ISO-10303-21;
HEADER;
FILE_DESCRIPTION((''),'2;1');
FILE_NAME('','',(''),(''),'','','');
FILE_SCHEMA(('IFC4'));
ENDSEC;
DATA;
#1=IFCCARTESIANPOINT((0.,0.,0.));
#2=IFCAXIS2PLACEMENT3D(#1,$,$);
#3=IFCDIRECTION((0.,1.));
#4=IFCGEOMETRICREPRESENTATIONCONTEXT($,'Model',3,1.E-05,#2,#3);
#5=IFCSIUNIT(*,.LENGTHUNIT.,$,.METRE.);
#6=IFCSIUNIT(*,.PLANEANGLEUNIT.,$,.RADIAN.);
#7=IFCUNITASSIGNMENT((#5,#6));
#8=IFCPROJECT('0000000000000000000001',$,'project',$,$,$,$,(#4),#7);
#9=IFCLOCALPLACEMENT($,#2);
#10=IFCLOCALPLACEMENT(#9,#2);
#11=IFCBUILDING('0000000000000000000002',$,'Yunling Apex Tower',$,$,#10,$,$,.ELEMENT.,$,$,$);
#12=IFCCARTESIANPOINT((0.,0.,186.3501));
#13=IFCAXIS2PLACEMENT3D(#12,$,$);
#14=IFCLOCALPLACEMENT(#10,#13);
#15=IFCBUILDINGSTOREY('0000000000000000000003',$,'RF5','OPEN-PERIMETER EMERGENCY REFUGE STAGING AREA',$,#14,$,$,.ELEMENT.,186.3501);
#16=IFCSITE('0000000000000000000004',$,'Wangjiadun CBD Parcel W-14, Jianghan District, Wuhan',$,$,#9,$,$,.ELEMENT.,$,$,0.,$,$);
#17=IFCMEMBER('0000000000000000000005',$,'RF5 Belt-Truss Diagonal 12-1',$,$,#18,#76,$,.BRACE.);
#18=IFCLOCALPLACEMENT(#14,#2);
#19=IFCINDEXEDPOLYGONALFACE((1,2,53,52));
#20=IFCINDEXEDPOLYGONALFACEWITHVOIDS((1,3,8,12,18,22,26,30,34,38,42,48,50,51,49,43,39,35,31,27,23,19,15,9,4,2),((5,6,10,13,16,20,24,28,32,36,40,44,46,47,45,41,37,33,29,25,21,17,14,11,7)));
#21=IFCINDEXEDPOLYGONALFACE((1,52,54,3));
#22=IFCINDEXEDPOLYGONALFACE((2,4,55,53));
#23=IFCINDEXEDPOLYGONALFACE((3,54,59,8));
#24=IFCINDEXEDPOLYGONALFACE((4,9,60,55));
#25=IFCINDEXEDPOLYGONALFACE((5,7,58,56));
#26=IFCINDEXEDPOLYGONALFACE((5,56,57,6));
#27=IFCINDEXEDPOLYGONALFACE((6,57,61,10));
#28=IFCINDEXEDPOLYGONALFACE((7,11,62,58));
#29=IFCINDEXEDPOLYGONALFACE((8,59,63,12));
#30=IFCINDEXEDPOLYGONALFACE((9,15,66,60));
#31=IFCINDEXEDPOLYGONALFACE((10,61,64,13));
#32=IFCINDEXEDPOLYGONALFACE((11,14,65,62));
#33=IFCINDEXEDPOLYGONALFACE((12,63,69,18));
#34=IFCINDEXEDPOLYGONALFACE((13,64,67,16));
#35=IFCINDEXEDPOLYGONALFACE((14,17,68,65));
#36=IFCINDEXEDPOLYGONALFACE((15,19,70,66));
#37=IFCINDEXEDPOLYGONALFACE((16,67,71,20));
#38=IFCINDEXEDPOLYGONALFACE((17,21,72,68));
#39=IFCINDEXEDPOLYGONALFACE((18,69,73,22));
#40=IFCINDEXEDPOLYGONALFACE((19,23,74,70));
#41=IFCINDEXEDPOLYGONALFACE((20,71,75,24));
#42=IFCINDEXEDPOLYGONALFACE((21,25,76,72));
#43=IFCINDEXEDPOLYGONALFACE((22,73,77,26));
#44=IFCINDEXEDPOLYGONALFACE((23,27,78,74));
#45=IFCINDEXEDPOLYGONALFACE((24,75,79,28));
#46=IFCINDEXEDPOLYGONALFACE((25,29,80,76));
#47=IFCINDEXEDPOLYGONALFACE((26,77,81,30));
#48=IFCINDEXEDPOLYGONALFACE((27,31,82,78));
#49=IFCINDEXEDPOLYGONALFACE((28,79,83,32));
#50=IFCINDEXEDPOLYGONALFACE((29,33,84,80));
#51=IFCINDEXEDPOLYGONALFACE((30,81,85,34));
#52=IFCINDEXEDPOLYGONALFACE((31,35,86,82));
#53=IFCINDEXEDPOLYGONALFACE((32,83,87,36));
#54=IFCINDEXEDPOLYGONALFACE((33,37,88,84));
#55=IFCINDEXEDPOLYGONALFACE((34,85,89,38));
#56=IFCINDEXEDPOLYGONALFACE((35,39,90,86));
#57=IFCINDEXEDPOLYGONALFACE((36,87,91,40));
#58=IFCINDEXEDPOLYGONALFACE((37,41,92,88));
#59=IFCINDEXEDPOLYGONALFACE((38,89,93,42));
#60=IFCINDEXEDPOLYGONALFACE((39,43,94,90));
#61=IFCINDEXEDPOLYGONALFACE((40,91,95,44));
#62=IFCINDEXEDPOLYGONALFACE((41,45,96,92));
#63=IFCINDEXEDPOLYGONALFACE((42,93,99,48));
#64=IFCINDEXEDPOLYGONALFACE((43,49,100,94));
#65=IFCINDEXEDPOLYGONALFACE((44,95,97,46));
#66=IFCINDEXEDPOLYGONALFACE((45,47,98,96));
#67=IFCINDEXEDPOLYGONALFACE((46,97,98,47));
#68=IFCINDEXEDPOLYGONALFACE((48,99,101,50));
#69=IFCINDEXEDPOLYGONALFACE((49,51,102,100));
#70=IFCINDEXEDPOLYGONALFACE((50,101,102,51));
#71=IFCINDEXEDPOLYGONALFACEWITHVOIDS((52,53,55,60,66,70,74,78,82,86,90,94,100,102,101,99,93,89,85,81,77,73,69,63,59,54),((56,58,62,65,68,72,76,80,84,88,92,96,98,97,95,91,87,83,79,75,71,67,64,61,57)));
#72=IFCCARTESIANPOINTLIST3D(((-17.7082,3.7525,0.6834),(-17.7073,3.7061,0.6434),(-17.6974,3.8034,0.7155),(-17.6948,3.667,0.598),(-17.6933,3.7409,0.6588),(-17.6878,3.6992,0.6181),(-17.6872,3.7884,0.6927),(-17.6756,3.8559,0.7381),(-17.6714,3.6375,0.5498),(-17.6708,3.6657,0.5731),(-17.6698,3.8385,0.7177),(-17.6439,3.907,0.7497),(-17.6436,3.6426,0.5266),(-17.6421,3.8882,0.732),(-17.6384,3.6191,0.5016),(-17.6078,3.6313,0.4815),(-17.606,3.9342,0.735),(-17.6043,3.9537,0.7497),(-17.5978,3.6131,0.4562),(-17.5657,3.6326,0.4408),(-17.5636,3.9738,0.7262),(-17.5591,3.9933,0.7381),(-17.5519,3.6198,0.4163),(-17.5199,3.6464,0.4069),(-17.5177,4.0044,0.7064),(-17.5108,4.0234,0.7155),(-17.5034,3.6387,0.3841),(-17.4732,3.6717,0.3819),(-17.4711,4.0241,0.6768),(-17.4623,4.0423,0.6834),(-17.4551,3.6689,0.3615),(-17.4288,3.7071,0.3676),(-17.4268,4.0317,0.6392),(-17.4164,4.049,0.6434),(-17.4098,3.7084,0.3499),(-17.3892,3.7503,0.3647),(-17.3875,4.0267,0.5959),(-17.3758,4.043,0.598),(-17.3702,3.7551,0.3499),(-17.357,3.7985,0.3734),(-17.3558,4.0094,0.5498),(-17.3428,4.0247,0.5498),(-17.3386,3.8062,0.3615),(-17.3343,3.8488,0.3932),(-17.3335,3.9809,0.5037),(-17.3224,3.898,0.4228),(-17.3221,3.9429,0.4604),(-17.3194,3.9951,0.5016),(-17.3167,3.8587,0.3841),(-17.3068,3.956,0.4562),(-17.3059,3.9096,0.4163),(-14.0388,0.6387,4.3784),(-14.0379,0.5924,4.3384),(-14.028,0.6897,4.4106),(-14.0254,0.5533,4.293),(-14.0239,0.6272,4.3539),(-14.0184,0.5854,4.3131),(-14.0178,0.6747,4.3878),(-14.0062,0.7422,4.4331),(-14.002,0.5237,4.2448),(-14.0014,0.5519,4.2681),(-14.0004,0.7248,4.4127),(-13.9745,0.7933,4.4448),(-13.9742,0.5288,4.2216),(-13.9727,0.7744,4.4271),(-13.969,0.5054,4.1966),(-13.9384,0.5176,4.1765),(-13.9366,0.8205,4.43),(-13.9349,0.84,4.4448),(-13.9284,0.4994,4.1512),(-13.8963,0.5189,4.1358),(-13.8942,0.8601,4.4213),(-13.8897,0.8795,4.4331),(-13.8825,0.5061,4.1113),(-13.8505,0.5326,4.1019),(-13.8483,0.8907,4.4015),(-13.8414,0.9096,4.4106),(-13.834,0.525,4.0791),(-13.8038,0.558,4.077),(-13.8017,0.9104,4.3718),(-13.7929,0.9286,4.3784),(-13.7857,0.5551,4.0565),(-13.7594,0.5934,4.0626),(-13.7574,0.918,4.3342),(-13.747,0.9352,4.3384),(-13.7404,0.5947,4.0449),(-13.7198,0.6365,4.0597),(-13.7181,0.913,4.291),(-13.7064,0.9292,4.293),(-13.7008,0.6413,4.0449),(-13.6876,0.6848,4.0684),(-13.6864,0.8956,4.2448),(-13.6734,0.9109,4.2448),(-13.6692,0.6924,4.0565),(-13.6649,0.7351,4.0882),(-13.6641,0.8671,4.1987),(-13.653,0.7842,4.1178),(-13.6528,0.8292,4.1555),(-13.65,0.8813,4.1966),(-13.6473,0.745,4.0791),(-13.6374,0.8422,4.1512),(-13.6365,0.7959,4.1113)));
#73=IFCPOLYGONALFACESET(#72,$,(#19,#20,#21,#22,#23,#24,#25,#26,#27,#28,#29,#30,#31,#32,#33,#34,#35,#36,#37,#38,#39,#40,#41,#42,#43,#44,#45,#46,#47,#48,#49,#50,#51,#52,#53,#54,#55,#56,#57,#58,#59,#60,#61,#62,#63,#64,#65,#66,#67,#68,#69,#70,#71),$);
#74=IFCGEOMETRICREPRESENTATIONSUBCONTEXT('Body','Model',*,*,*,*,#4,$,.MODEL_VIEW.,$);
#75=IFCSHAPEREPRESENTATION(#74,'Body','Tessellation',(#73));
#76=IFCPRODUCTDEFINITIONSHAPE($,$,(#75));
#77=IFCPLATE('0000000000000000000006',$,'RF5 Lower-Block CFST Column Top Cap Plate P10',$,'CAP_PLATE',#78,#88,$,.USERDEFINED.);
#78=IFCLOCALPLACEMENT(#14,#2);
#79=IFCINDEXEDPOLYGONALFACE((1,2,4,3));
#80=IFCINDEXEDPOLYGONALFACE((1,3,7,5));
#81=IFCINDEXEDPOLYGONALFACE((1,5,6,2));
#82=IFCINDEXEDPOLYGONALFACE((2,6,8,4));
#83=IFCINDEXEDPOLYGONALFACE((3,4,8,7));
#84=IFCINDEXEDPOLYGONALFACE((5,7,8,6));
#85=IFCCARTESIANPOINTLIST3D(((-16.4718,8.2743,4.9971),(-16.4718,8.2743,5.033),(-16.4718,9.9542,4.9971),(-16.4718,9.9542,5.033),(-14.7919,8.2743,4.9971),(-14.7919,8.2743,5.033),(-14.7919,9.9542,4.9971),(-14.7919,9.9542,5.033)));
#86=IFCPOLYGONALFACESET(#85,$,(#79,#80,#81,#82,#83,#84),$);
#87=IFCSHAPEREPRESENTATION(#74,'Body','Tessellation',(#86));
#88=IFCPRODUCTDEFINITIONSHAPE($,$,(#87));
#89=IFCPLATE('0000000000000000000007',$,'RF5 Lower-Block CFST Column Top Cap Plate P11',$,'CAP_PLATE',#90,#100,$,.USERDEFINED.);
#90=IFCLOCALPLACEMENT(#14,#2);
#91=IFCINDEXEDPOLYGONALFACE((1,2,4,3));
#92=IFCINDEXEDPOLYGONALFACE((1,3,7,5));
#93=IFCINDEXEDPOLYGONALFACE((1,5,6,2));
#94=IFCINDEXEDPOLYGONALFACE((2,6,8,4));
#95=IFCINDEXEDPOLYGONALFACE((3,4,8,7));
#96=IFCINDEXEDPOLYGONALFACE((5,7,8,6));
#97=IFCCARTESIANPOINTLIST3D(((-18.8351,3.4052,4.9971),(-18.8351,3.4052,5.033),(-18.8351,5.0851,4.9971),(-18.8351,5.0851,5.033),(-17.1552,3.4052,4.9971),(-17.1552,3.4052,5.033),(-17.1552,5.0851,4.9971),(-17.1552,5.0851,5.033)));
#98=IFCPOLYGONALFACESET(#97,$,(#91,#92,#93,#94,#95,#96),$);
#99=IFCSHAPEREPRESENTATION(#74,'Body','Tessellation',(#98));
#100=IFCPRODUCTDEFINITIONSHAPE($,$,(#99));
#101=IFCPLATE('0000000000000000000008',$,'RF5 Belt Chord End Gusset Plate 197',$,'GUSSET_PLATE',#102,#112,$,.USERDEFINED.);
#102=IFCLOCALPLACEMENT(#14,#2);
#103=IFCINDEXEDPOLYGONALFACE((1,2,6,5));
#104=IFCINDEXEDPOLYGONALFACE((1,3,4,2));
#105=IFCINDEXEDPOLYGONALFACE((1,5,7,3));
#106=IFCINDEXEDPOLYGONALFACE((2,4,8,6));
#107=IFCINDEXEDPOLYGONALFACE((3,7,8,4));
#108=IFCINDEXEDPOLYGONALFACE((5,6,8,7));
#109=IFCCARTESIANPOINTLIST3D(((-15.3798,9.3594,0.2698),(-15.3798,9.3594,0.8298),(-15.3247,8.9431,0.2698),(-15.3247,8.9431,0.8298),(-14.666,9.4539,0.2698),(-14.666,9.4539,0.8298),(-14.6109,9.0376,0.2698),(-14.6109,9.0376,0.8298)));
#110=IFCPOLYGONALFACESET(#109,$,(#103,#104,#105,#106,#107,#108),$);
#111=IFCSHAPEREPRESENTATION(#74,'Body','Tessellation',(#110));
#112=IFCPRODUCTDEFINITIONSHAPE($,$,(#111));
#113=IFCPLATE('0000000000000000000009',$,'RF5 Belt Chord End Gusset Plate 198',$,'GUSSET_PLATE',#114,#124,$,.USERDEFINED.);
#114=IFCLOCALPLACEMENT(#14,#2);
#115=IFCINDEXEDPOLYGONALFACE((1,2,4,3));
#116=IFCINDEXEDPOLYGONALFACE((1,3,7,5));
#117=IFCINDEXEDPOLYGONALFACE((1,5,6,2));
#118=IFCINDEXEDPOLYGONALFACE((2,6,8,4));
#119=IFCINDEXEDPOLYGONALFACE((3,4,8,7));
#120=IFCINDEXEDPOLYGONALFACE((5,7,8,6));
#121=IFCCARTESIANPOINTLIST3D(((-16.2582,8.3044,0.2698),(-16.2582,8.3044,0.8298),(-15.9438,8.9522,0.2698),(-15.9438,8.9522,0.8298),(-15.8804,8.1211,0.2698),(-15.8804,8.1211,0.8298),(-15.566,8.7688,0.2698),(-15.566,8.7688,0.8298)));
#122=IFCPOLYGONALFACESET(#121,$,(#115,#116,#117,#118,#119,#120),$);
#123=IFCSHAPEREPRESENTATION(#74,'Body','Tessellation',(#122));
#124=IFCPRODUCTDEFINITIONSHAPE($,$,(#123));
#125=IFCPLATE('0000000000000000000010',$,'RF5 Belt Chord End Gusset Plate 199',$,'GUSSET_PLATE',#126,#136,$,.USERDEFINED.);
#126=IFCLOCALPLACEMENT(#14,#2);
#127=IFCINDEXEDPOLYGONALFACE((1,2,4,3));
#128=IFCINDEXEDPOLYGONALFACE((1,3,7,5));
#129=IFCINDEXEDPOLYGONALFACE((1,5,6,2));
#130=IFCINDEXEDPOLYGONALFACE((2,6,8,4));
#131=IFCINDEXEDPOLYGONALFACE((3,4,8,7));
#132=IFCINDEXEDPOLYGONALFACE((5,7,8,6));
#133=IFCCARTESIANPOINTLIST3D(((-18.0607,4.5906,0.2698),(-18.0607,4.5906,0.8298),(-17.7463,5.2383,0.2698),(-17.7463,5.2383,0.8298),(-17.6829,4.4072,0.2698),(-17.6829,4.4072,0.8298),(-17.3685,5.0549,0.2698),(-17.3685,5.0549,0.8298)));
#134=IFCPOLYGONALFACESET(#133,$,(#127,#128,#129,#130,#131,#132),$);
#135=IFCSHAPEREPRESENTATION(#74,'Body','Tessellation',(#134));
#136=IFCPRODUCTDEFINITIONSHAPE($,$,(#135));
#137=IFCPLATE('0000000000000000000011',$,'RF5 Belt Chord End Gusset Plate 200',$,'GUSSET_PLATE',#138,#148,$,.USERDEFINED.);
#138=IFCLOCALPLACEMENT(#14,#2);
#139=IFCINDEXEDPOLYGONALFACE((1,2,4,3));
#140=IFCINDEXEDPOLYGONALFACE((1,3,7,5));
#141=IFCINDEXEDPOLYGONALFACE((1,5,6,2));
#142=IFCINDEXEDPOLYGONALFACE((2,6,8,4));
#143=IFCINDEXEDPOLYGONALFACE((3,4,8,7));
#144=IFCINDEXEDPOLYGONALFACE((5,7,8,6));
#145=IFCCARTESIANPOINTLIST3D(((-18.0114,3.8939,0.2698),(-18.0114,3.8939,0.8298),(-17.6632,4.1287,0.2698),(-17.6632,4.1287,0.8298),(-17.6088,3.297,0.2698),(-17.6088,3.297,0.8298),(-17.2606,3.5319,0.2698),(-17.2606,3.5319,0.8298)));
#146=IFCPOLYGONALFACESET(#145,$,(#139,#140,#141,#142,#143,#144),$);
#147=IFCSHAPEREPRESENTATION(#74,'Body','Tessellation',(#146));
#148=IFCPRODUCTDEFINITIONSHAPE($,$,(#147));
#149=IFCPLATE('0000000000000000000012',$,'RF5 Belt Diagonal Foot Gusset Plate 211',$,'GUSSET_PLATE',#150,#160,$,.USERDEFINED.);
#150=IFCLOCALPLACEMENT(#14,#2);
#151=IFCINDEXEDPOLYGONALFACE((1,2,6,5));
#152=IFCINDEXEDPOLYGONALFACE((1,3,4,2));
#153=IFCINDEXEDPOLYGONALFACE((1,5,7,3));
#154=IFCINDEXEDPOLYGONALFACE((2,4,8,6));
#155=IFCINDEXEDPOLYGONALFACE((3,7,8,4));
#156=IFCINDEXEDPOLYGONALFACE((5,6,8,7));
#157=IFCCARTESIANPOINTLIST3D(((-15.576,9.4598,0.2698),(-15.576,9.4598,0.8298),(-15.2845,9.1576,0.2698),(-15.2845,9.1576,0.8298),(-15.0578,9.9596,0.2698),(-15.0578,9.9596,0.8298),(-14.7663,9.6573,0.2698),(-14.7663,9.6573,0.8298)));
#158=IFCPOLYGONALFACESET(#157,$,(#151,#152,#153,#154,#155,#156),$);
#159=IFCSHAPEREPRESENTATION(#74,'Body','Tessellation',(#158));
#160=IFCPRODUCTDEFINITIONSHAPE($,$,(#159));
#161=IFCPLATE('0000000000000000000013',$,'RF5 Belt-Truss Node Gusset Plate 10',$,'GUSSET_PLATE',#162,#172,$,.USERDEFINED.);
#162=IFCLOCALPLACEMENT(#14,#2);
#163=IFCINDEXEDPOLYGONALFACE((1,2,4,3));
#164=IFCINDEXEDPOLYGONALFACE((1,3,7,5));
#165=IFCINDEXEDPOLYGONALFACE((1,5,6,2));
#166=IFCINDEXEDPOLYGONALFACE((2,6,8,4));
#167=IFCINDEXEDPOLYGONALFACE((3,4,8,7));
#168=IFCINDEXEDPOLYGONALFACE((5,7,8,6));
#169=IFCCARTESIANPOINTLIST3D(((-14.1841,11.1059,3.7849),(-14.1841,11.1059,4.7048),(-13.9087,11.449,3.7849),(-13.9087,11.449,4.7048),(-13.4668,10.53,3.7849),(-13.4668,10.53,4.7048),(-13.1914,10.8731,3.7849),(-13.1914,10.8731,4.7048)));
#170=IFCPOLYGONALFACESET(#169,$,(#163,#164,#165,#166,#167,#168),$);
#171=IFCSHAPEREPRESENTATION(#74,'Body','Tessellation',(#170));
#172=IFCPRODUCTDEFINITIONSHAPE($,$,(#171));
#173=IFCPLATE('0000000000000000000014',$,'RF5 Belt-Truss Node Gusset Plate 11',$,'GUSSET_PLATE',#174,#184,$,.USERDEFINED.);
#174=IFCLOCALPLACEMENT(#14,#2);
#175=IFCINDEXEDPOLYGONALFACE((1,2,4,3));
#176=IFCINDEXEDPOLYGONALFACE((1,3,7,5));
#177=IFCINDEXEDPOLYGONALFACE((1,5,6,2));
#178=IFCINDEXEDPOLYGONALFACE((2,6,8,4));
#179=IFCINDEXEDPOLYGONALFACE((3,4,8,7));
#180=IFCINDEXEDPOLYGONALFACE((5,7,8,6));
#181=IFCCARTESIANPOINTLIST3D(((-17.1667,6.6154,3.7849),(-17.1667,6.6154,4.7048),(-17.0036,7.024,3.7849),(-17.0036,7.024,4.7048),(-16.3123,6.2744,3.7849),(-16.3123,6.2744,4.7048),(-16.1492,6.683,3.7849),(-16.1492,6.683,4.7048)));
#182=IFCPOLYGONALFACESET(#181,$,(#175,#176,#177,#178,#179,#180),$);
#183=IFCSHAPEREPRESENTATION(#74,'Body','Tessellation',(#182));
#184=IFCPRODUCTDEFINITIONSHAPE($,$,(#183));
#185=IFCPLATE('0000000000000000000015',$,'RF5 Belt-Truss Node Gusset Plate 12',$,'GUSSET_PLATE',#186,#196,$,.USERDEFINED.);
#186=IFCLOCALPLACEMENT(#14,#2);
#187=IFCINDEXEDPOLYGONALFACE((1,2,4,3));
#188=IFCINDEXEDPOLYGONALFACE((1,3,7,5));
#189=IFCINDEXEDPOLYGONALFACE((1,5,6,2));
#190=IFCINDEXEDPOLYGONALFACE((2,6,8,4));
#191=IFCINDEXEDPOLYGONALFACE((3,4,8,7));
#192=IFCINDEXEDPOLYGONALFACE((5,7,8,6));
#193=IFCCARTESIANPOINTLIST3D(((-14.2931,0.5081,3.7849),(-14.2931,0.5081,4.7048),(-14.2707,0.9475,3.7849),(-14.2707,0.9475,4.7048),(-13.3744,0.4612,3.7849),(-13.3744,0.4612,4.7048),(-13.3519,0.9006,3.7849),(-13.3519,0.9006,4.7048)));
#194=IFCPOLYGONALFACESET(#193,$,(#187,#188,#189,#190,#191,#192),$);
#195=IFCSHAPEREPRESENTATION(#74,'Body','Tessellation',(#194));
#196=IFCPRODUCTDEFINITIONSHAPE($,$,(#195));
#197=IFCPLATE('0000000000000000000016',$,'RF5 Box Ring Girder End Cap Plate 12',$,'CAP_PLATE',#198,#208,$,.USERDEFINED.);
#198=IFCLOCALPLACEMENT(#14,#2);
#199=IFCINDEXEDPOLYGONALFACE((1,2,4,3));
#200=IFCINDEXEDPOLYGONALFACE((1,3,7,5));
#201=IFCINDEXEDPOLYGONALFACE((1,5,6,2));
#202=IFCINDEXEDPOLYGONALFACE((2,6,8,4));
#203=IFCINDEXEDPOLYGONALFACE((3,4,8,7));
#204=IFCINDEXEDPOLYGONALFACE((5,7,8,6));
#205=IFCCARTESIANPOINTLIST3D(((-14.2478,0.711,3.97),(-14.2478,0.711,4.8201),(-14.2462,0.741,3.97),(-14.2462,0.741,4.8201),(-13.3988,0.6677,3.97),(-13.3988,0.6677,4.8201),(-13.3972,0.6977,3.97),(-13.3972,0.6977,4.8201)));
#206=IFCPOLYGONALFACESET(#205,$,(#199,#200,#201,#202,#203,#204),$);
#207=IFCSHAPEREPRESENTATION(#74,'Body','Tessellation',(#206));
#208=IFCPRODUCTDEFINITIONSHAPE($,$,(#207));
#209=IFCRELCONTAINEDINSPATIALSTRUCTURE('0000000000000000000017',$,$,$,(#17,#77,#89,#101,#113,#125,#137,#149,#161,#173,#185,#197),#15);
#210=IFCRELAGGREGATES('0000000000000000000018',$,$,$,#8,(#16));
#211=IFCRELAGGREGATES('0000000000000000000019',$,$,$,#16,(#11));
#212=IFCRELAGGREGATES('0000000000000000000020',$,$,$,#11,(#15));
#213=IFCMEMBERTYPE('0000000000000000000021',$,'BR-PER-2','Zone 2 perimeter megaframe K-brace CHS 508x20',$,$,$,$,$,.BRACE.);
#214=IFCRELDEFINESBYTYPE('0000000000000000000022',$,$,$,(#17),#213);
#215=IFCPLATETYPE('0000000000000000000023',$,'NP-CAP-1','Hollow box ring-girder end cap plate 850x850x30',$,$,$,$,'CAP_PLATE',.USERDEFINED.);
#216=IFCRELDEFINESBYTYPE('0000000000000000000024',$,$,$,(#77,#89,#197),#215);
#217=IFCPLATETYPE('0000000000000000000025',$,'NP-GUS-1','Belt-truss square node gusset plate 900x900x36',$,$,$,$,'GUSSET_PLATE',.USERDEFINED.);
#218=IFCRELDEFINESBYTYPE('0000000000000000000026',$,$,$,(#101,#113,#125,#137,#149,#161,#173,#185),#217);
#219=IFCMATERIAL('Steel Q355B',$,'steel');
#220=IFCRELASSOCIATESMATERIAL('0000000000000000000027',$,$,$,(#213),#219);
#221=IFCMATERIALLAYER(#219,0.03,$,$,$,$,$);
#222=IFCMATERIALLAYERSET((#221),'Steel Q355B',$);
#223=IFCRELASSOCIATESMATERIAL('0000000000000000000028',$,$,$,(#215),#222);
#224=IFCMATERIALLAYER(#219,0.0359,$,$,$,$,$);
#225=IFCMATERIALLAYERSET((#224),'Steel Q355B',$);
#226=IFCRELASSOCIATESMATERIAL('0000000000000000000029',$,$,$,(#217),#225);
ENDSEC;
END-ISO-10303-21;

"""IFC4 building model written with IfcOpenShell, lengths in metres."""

from ifc_helpers import new_model, si_unit, direction, frame, origin, origin_2d, place, context, subcontext, project, spatial, rectangle, hollow_circle, extrude, source, transform, mapped, material, layer, layer_set, material_profile, profile_set, type_object, element, save


model = new_model("IFC4")

# Units and contexts
model_context = context("Model", 3, precision=1e-05, world=origin(), true_north=direction((0.0, 1.0)))
body_context = subcontext(model_context, "Body", "Model", "MODEL_VIEW")
ifc_project = project(units=[si_unit("LENGTHUNIT", "METRE"), si_unit("PLANEANGLEUNIT", "RADIAN")], contexts=[model_context])

# Site, building, storey
site_placement = place(None, origin())
site = spatial("IfcSite", under=ifc_project, at=site_placement, Name="Wangjiadun CBD Parcel W-14, Jianghan District, Wuhan", CompositionType="ELEMENT", RefElevation=0.0)
building_placement = place(site_placement, origin())
building = spatial("IfcBuilding", under=site, at=building_placement, Name="Yunling Apex Tower", CompositionType="ELEMENT")
storey_placement = place(building_placement, frame((0.0, 0.0, 186.3501)))
storey = spatial("IfcBuildingStorey", under=building, at=storey_placement, Name="RF5", Description="OPEN-PERIMETER EMERGENCY REFUGE STAGING AREA", CompositionType="ELEMENT", Elevation=186.3501)

# Shared definitions
ifc_material_1 = material(Name="Steel Q355B", Category="steel")

# Member
ifc_material_profile_1 = material_profile(ifc_material_1, hollow_circle(Radius=0.2539, WallThickness=0.02, at=origin_2d()))
ifc_profile_set_1 = profile_set([ifc_material_profile_1], Name="Steel Q355B")
member_type_1 = type_object("IfcMemberType", Name="BR-PER-2", Description="Zone 2 perimeter megaframe K-brace CHS 508x20", PredefinedType="BRACE", material=ifc_profile_set_1)
shared_shape_1 = source(origin(), body_context, "Body", "SweptSolid", [
    extrude(hollow_circle(Radius=0.2539, WallThickness=0.02, at=origin_2d()), origin(), (0.0, 0.0, 1.0), 6.0674),
])
member_1_placement = place(storey_placement, frame((-17.5071, 3.8311, 0.5498), z_axis=(0.604775, -0.513193, 0.609), x_axis=(0.647015, 0.762477, 0.0)))
element("IfcMember", 1, at=member_1_placement, inside=storey, type_object=member_type_1, Name="RF5 Belt-Truss Diagonal 12-1", PredefinedType="BRACE", context=body_context, shape_type="MappedRepresentation", body=[
    mapped(shared_shape_1, transform((0.0, 0.0, 0.0), scale=1.0)),
])

# Plates
ifc_layer_1 = layer(ifc_material_1, 0.03)
ifc_layer_set_1 = layer_set([ifc_layer_1], Name="Steel Q355B")
plate_type_1 = type_object("IfcPlateType", Name="NP-CAP-1", Description="Hollow box ring-girder end cap plate 850x850x30", ElementType="CAP_PLATE", PredefinedType="USERDEFINED", material=ifc_layer_set_1)
shared_shape_2 = source(origin(), body_context, "Body", "SweptSolid", [
    extrude(rectangle(XDim=1.6799, YDim=1.6799, at=origin_2d()), origin(), (0.0, 0.0, 1.0), 0.0359),
])
for number, where, z_axis, x_axis, name in (
    (2, (-15.6318, 9.1143, 4.9971), (0.0, 0.0, 1.0), (1.0, 0.0, 0.0), "RF5 Lower-Block CFST Column Top Cap Plate P10"),
    (3, (-17.9951, 4.2451, 4.9971), (0.0, 0.0, 1.0), (1.0, 0.0, 0.0), "RF5 Lower-Block CFST Column Top Cap Plate P11"),
):
    element("IfcPlate", number, at=place(storey_placement, frame(where, z_axis=z_axis, x_axis=x_axis)), inside=storey, type_object=plate_type_1, Name=name, ObjectType="CAP_PLATE", PredefinedType="USERDEFINED", context=body_context, shape_type="MappedRepresentation", body=[
        mapped(shared_shape_2, transform((0.0, 0.0, 0.0), scale=1.0)),
    ])
ifc_layer_2 = layer(ifc_material_1, 0.0359)
ifc_layer_set_2 = layer_set([ifc_layer_2], Name="Steel Q355B")
plate_type_2 = type_object("IfcPlateType", Name="NP-GUS-1", Description="Belt-truss square node gusset plate 900x900x36", ElementType="GUSSET_PLATE", PredefinedType="USERDEFINED", material=ifc_layer_set_2)
shared_shape_3 = source(origin(), body_context, "Body", "SweptSolid", [
    extrude(rectangle(XDim=0.72, YDim=0.4199, at=origin_2d()), origin(), (0.0, 0.0, 1.0), 0.5601),
])
for number, where, z_axis, x_axis, name in (
    (4, (-14.9954, 9.1985, 0.2698), (0.0, 0.0, 1.0), (-0.991353, -0.131218, 0.0), "RF5 Belt Chord End Gusset Plate 197"),
    (5, (-15.9121, 8.5366, 0.2698), (0.0, 0.0, 1.0), (-0.436645, -0.899634, 0.0), "RF5 Belt Chord End Gusset Plate 198"),
    (6, (-17.7146, 4.8228, 0.2698), (0.0, 0.0, 1.0), (-0.436645, -0.899634, 0.0), "RF5 Belt Chord End Gusset Plate 199"),
    (7, (-17.636, 3.7129, 0.2698), (0.0, 0.0, 1.0), (0.559193, -0.829038, 0.0), "RF5 Belt Chord End Gusset Plate 200"),
    (8, (-15.1711, 9.5586, 0.2698), (0.0, 0.0, 1.0), (0.719825, 0.694156, 0.0), "RF5 Belt Diagonal Foot Gusset Plate 211"),
):
    element("IfcPlate", number, at=place(storey_placement, frame(where, z_axis=z_axis, x_axis=x_axis)), inside=storey, type_object=plate_type_2, Name=name, ObjectType="GUSSET_PLATE", PredefinedType="USERDEFINED", context=body_context, shape_type="MappedRepresentation", body=[
        mapped(shared_shape_3, transform((0.0, 0.0, 0.0), scale=1.0)),
    ])
shared_shape_4 = source(origin(), body_context, "Body", "SweptSolid", [
    extrude(rectangle(XDim=0.9199, YDim=0.4399, at=origin_2d()), origin(), (0.0, 0.0, 1.0), 0.9199),
])
for number, where, z_axis, x_axis, name in (
    (9, (-13.6877, 10.9895, 3.7849), (0.0, 0.0, 1.0), (-0.779775, 0.62606, 0.0), "RF5 Belt-Truss Node Gusset Plate 10"),
    (10, (-16.658, 6.6492, 3.7849), (0.0, 0.0, 1.0), (-0.928745, 0.37072, 0.0), "RF5 Belt-Truss Node Gusset Plate 11"),
    (11, (-13.8225, 0.7043, 3.7849), (0.0, 0.0, 1.0), (-0.998702, 0.050942, 0.0), "RF5 Belt-Truss Node Gusset Plate 12"),
):
    element("IfcPlate", number, at=place(storey_placement, frame(where, z_axis=z_axis, x_axis=x_axis)), inside=storey, type_object=plate_type_2, Name=name, ObjectType="GUSSET_PLATE", PredefinedType="USERDEFINED", context=body_context, shape_type="MappedRepresentation", body=[
        mapped(shared_shape_4, transform((0.0, 0.0, 0.0), scale=1.0)),
    ])
shared_shape_5 = source(origin(), body_context, "Body", "SweptSolid", [
    extrude(rectangle(XDim=0.8501, YDim=0.03, at=origin_2d()), origin(), (0.0, 0.0, 1.0), 0.8501),
])
plate_placement = place(storey_placement, frame((-13.8225, 0.7043, 3.97), z_axis=(0.0, 0.0, 1.0), x_axis=(-0.998702, 0.050942, 0.0)))
element("IfcPlate", 12, at=plate_placement, inside=storey, type_object=plate_type_1, Name="RF5 Box Ring Girder End Cap Plate 12", ObjectType="CAP_PLATE", PredefinedType="USERDEFINED", context=body_context, shape_type="MappedRepresentation", body=[
    mapped(shared_shape_5, transform((0.0, 0.0, 0.0), scale=1.0)),
])

save(model, "model.ifc")
